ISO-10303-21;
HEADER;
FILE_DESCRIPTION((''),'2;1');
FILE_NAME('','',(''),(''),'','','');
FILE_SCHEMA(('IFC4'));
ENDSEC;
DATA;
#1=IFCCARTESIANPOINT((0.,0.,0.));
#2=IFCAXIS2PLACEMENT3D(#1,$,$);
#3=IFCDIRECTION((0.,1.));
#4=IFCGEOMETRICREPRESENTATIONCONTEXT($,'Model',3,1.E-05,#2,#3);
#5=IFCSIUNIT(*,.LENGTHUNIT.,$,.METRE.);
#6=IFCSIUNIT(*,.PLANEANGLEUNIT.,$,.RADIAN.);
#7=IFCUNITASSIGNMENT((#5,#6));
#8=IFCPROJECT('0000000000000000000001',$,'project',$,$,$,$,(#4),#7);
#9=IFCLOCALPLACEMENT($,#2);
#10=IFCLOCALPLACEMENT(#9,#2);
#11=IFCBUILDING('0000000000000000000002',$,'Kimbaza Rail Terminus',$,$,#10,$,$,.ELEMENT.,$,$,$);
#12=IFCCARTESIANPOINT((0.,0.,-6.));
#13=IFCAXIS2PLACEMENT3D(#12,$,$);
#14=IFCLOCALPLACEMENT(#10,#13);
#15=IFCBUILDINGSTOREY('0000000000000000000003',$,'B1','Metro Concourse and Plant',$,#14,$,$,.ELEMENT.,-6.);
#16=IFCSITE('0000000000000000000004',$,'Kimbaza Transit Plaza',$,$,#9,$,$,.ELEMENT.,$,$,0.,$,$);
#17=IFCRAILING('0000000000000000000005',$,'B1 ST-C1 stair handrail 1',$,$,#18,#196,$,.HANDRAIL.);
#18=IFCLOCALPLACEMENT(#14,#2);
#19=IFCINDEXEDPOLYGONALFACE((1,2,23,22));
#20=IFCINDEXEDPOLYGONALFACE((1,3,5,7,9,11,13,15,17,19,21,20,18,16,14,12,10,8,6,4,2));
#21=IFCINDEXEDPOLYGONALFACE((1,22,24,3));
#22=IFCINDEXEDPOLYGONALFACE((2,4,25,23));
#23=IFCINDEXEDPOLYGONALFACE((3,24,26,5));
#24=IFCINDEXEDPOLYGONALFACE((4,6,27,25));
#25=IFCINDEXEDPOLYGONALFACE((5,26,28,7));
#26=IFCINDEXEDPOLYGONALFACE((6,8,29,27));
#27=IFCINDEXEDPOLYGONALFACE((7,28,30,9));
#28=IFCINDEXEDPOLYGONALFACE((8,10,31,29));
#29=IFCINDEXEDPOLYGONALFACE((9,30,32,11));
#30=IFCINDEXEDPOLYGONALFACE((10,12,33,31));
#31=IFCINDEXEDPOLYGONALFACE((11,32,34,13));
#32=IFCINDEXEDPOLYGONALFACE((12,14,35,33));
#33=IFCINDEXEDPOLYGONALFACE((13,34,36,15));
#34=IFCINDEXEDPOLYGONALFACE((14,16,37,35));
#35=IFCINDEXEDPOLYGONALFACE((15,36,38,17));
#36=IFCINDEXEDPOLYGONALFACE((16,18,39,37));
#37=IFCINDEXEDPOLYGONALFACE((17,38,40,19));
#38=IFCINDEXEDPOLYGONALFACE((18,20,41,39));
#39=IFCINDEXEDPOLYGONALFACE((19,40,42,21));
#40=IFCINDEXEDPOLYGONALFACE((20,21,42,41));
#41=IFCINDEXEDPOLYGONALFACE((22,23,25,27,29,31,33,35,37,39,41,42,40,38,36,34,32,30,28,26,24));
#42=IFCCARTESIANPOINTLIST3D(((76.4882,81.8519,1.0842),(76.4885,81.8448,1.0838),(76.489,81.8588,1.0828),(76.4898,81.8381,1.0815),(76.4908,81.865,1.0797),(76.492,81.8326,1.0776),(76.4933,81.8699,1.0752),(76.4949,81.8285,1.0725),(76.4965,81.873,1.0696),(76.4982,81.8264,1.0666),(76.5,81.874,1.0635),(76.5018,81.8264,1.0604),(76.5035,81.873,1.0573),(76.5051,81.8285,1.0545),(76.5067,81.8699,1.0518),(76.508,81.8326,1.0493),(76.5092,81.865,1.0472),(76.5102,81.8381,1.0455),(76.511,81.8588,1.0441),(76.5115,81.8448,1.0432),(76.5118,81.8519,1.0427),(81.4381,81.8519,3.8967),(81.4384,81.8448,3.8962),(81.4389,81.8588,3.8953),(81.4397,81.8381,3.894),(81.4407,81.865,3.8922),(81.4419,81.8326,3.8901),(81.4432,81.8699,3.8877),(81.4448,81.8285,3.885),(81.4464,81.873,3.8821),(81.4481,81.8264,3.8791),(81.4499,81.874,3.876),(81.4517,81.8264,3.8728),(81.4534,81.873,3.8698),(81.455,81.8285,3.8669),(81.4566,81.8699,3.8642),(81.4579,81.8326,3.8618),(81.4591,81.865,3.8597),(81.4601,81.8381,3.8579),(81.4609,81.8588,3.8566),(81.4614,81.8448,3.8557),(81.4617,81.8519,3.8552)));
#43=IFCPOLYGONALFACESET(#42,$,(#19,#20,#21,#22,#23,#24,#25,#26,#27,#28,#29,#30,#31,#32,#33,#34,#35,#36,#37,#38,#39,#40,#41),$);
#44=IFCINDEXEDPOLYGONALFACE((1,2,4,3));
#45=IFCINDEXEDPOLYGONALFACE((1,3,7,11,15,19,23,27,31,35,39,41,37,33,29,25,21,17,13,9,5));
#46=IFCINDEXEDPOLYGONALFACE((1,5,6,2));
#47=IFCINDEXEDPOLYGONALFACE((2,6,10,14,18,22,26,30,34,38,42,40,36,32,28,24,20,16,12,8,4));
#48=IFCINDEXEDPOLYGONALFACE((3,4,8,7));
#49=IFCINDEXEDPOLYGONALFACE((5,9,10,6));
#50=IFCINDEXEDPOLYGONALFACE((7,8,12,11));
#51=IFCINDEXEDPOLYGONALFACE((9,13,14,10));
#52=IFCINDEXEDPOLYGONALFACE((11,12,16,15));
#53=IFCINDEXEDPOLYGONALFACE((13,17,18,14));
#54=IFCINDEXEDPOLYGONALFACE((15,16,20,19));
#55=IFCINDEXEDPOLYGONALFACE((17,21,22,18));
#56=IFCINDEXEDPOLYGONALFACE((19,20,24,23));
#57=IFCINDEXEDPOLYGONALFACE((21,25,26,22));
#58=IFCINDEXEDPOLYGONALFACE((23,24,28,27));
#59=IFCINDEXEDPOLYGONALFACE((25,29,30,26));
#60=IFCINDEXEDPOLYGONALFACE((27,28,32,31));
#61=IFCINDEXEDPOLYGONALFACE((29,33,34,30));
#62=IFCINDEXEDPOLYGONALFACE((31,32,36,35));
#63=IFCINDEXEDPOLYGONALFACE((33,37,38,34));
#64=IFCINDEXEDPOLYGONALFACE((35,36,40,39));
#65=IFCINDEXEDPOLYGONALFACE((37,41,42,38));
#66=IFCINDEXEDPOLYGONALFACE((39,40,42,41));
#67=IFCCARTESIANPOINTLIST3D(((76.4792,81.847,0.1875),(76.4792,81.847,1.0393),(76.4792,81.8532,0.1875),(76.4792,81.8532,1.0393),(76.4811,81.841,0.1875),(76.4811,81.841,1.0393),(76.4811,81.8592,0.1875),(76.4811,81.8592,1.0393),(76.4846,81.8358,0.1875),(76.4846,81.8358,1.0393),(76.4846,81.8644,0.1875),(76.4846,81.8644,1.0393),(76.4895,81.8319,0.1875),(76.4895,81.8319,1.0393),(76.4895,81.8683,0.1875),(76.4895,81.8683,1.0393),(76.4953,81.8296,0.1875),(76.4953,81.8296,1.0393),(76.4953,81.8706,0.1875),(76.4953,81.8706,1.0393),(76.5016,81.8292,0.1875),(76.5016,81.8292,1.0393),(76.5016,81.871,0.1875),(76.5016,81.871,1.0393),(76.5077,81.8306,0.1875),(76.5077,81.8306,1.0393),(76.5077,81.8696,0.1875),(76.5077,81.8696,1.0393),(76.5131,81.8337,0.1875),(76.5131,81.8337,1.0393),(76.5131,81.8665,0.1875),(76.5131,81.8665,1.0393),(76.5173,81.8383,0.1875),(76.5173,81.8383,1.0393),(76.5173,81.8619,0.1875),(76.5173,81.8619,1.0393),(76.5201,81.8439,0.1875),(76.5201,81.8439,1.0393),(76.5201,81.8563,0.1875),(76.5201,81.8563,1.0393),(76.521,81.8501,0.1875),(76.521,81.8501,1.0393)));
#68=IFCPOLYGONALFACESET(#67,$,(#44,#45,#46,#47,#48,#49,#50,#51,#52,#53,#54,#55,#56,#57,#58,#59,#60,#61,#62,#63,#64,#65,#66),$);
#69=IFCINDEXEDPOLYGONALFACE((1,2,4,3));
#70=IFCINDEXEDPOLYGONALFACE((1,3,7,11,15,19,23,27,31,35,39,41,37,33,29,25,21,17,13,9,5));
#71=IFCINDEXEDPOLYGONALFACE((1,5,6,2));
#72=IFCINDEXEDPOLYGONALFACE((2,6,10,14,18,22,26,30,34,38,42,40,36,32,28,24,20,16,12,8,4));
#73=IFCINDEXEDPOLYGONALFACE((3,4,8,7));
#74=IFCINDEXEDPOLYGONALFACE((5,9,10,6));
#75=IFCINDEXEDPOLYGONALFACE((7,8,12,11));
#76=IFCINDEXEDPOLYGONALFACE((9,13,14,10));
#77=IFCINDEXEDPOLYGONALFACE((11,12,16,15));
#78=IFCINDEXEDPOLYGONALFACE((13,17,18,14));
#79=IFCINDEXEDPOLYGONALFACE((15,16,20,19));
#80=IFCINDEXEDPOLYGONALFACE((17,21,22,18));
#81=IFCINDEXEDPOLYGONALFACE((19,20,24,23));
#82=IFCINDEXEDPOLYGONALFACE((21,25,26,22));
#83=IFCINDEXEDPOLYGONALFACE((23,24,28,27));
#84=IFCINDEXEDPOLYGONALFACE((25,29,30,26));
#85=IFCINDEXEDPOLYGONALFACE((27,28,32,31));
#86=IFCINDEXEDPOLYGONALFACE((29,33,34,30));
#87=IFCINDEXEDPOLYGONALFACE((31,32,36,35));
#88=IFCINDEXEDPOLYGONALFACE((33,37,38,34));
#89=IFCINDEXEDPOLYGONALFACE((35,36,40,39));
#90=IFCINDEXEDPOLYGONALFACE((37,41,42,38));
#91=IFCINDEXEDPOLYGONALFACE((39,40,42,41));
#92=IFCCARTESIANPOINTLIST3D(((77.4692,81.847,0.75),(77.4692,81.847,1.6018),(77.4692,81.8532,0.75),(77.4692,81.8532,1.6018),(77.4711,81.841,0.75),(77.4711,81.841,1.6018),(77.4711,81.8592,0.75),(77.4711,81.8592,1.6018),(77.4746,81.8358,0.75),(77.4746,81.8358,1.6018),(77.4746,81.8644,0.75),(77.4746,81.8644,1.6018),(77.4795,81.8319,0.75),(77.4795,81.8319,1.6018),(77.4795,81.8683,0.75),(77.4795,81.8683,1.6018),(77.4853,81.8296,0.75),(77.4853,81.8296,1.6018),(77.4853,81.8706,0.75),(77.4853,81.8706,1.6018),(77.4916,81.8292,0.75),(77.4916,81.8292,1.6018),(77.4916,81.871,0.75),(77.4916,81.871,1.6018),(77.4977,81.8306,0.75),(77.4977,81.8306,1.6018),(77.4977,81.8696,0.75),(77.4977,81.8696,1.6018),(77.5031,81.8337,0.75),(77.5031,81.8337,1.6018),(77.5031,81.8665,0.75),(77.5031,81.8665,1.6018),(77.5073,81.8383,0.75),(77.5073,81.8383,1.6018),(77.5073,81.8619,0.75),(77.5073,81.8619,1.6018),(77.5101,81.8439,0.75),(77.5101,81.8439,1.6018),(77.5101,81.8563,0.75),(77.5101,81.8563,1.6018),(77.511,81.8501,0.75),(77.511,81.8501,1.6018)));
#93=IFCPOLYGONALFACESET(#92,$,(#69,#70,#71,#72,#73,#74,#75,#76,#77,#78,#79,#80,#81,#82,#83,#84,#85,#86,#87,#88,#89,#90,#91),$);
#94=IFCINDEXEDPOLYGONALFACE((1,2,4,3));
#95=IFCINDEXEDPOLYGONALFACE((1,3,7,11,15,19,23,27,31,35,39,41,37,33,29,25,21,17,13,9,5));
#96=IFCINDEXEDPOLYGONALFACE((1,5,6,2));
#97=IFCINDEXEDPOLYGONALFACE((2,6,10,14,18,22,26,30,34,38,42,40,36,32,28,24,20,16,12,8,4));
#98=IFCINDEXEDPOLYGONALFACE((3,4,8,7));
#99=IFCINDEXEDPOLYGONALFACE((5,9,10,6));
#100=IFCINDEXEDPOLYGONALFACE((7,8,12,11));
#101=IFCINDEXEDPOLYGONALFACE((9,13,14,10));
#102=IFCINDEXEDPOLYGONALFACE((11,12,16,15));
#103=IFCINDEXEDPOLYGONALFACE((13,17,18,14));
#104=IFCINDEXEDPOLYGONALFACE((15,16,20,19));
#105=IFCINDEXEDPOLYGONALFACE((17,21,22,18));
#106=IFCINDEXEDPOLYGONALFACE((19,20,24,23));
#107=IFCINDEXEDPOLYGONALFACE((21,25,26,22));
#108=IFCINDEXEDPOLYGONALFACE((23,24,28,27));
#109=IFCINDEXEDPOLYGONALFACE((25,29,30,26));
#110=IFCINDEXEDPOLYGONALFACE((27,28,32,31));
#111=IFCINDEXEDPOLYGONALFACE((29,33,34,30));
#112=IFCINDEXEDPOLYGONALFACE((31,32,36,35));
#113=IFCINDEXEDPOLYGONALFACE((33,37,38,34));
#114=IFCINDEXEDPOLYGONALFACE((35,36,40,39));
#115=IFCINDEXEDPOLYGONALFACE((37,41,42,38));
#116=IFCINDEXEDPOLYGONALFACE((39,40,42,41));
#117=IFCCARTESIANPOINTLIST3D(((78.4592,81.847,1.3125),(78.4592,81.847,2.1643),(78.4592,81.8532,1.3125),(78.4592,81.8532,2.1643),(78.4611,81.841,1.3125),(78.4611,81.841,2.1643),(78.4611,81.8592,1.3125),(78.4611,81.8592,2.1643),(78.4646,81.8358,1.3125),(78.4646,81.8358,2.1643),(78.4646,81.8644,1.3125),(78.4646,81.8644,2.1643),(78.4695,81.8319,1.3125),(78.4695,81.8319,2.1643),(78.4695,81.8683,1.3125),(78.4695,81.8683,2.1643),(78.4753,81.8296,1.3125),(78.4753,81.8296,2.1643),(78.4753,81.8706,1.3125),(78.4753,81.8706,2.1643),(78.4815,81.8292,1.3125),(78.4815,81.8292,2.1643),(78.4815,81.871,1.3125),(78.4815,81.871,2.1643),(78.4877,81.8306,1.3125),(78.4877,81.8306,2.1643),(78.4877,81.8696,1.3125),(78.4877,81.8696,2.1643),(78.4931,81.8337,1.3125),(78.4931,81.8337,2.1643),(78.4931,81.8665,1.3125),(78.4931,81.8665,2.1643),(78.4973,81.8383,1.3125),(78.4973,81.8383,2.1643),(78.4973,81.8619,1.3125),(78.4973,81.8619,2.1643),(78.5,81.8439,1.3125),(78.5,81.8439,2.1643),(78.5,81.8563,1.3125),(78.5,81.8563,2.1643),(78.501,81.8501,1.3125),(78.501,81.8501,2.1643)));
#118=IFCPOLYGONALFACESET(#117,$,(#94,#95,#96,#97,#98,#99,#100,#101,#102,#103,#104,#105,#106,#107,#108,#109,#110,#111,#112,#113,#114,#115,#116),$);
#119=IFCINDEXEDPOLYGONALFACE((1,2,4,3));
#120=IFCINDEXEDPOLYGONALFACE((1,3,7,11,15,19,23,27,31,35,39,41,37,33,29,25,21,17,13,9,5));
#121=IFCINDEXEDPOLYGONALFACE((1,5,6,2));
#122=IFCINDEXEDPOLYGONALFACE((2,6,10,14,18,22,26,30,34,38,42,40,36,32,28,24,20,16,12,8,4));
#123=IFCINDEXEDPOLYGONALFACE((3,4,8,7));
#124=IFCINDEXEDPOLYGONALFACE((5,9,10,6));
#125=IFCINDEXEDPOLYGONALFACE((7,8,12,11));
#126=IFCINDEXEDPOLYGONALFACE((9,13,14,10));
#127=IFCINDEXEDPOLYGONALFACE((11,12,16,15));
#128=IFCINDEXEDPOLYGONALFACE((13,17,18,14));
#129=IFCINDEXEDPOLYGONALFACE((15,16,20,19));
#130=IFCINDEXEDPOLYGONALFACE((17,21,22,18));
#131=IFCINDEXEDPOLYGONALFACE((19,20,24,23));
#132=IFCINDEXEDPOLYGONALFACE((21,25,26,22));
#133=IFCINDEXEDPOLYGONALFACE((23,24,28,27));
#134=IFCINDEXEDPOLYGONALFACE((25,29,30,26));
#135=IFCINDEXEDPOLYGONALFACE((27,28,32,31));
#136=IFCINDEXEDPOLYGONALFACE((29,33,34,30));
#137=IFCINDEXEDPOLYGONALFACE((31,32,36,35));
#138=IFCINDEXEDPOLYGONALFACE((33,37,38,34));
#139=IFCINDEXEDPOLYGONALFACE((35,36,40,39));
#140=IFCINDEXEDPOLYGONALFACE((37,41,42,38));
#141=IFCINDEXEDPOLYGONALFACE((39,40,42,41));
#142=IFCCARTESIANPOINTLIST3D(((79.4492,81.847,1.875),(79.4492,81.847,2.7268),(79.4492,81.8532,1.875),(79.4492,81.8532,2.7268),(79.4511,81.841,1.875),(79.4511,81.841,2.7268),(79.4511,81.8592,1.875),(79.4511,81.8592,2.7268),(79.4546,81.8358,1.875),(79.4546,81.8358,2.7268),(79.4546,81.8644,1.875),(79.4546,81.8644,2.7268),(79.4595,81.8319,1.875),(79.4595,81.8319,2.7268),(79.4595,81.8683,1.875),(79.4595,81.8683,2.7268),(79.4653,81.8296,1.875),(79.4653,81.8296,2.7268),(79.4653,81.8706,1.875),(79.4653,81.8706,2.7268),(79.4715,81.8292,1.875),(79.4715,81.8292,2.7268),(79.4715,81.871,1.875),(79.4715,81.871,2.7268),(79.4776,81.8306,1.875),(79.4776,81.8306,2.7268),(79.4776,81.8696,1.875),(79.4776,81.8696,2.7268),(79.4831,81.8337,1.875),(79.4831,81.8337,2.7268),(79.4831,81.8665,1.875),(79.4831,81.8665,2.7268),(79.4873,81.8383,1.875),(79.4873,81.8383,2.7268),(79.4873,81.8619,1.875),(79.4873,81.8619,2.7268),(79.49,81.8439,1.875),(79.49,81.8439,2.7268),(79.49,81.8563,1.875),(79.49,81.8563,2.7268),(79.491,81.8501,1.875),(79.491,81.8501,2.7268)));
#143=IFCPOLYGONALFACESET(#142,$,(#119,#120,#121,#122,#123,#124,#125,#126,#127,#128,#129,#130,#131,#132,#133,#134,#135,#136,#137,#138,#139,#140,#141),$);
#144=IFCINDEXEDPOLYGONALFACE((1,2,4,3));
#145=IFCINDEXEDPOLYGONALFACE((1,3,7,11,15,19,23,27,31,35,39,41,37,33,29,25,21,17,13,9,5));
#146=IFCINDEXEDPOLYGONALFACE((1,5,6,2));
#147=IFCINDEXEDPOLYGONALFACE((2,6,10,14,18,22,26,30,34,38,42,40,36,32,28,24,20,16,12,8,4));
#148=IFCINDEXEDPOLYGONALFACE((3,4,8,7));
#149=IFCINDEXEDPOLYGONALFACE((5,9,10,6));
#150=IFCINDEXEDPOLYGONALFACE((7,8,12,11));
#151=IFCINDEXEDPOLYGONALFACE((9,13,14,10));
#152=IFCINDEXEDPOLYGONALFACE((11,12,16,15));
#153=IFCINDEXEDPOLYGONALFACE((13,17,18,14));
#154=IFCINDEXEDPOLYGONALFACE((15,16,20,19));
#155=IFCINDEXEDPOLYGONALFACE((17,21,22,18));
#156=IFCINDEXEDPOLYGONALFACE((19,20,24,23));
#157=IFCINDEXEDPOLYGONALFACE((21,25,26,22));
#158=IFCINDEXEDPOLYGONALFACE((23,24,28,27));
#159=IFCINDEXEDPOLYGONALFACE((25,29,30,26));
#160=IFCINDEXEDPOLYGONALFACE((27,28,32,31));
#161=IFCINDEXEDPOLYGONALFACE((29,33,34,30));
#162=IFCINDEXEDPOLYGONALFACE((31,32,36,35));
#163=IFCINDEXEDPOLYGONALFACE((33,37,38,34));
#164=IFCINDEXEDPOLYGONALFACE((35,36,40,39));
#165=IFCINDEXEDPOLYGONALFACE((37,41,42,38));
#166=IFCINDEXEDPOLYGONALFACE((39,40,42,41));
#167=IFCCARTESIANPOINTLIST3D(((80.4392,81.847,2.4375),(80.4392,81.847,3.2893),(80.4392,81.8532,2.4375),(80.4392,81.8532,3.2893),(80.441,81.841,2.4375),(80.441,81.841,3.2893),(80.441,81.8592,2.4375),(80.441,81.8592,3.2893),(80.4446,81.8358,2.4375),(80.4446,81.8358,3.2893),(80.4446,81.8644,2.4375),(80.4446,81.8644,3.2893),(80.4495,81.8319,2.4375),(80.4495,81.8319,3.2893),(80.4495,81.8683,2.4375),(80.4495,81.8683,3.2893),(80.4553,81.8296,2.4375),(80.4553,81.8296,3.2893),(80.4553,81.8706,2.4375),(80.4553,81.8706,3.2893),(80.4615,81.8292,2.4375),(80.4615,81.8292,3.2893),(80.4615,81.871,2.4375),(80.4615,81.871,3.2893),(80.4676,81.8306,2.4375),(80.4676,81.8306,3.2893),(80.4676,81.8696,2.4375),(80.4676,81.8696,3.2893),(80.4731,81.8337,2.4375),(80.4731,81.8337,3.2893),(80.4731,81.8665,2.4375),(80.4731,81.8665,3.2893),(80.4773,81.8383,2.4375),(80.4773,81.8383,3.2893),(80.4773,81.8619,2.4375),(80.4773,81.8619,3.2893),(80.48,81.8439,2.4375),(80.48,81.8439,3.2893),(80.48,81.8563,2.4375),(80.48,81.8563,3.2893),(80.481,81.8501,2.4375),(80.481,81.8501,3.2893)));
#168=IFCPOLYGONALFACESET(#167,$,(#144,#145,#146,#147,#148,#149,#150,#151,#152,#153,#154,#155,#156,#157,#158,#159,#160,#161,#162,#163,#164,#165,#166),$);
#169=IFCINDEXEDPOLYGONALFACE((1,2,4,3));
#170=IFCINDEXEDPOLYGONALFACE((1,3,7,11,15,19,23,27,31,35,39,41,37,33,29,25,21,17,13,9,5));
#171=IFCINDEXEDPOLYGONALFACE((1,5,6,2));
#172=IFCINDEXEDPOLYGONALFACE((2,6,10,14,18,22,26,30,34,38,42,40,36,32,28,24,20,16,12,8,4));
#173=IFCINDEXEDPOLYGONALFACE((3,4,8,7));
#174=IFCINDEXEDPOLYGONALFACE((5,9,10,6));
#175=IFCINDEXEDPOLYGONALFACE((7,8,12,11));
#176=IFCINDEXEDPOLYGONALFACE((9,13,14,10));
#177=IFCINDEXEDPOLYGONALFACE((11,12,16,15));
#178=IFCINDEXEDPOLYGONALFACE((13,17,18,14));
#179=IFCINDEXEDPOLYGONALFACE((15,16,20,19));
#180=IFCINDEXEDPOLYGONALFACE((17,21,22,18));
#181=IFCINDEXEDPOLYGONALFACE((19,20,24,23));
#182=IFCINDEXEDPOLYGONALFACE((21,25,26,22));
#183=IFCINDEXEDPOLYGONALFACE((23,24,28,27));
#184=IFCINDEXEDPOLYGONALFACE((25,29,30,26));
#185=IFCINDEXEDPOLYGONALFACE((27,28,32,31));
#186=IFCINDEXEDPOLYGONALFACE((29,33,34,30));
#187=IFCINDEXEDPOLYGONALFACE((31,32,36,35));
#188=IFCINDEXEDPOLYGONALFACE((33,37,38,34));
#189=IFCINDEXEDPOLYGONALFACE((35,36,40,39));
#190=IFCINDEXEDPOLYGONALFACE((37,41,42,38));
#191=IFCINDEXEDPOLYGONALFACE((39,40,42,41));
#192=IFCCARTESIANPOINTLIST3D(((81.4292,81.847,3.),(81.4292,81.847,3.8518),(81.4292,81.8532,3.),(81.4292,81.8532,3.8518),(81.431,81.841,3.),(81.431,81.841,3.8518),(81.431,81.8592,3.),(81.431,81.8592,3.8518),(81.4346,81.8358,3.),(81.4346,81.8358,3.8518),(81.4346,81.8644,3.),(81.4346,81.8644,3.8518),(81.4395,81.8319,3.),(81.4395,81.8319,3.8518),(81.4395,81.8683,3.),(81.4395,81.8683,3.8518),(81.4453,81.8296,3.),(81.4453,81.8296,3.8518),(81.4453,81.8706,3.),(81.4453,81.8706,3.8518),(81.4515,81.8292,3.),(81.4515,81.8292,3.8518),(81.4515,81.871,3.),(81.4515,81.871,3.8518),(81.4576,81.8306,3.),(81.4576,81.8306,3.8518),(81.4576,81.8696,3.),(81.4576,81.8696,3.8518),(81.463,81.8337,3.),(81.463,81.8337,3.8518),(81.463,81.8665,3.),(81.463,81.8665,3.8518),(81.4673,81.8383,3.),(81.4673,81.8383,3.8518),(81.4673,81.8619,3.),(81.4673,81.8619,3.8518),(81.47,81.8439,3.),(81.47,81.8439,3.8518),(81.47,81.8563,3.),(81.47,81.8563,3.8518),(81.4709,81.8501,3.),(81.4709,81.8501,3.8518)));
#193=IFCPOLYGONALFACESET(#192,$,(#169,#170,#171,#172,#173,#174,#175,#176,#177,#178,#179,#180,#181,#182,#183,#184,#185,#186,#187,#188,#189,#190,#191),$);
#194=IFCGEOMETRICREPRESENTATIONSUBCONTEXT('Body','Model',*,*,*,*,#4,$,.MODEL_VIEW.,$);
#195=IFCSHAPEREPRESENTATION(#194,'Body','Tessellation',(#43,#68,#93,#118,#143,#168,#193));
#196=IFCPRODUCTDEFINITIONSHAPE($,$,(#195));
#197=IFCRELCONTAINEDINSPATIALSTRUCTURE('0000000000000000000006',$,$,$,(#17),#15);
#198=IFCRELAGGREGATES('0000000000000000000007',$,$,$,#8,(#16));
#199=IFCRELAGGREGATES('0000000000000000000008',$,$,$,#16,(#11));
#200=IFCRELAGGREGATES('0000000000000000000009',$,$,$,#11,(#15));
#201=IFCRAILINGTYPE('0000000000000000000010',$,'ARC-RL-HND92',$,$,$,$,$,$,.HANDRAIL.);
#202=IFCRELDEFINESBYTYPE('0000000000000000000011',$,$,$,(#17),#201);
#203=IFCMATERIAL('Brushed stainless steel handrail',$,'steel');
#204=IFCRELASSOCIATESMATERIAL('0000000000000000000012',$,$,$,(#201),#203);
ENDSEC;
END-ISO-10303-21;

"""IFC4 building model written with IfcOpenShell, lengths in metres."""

from ifc_helpers import new_model, si_unit, direction, frame, origin, origin_2d, place, context, subcontext, project, spatial, circle, extrude, material, type_object, element, save


model = new_model("IFC4")

# Units and contexts
model_context = context("Model", 3, precision=1e-05, world=origin(), true_north=direction((0.0, 1.0)))
body_context = subcontext(model_context, "Body", "Model", "MODEL_VIEW")
ifc_project = project(units=[si_unit("LENGTHUNIT", "METRE"), si_unit("PLANEANGLEUNIT", "RADIAN")], contexts=[model_context])

# Site, building, storey
site_placement = place(None, origin())
site = spatial("IfcSite", under=ifc_project, at=site_placement, Name="Kimbaza Transit Plaza", CompositionType="ELEMENT", RefElevation=0.0)
building_placement = place(site_placement, origin())
building = spatial("IfcBuilding", under=site, at=building_placement, Name="Kimbaza Rail Terminus", CompositionType="ELEMENT")
storey_placement = place(building_placement, frame((0.0, 0.0, -6.0)))
storey = spatial("IfcBuildingStorey", under=building, at=storey_placement, Name="B1", Description="Metro Concourse and Plant", CompositionType="ELEMENT", Elevation=-6.0)

# Railing
ifc_material_1 = material(Name="Brushed stainless steel handrail", Category="steel")
railing_type = type_object("IfcRailingType", Name="ARC-RL-HND92", PredefinedType="HANDRAIL", material=ifc_material_1)
railing_placement = place(storey_placement, frame((76.5, 81.8501, 0.1875)))
element("IfcRailing", 1, at=railing_placement, inside=storey, type_object=railing_type, Name="B1 ST-C1 stair handrail 1", PredefinedType="HANDRAIL", context=body_context, shape_type="SweptSolid", body=[
    extrude(circle(Radius=0.0239, at=origin_2d()), frame((0.0, 0.0, 0.876), z_axis=(0.869454, 0.0, 0.494013), x_axis=(0.0, 1.0, 0.0)), (0.0, 0.0, 1.0), 5.6931),
    extrude(circle(Radius=0.021, at=origin_2d()), origin(), (0.0, 0.0, 1.0), 0.8518),
    extrude(circle(Radius=0.021, at=origin_2d()), frame((0.99, 0.0, 0.5625)), (0.0, 0.0, 1.0), 0.8518),
    extrude(circle(Radius=0.021, at=origin_2d()), frame((1.98, 0.0, 1.125)), (0.0, 0.0, 1.0), 0.8518),
    extrude(circle(Radius=0.021, at=origin_2d()), frame((2.97, 0.0, 1.6875)), (0.0, 0.0, 1.0), 0.8518),
    extrude(circle(Radius=0.021, at=origin_2d()), frame((3.96, 0.0, 2.25)), (0.0, 0.0, 1.0), 0.8518),
    extrude(circle(Radius=0.021, at=origin_2d()), frame((4.95, 0.0, 2.8125)), (0.0, 0.0, 1.0), 0.8518),
])

save(model, "model.ifc")
